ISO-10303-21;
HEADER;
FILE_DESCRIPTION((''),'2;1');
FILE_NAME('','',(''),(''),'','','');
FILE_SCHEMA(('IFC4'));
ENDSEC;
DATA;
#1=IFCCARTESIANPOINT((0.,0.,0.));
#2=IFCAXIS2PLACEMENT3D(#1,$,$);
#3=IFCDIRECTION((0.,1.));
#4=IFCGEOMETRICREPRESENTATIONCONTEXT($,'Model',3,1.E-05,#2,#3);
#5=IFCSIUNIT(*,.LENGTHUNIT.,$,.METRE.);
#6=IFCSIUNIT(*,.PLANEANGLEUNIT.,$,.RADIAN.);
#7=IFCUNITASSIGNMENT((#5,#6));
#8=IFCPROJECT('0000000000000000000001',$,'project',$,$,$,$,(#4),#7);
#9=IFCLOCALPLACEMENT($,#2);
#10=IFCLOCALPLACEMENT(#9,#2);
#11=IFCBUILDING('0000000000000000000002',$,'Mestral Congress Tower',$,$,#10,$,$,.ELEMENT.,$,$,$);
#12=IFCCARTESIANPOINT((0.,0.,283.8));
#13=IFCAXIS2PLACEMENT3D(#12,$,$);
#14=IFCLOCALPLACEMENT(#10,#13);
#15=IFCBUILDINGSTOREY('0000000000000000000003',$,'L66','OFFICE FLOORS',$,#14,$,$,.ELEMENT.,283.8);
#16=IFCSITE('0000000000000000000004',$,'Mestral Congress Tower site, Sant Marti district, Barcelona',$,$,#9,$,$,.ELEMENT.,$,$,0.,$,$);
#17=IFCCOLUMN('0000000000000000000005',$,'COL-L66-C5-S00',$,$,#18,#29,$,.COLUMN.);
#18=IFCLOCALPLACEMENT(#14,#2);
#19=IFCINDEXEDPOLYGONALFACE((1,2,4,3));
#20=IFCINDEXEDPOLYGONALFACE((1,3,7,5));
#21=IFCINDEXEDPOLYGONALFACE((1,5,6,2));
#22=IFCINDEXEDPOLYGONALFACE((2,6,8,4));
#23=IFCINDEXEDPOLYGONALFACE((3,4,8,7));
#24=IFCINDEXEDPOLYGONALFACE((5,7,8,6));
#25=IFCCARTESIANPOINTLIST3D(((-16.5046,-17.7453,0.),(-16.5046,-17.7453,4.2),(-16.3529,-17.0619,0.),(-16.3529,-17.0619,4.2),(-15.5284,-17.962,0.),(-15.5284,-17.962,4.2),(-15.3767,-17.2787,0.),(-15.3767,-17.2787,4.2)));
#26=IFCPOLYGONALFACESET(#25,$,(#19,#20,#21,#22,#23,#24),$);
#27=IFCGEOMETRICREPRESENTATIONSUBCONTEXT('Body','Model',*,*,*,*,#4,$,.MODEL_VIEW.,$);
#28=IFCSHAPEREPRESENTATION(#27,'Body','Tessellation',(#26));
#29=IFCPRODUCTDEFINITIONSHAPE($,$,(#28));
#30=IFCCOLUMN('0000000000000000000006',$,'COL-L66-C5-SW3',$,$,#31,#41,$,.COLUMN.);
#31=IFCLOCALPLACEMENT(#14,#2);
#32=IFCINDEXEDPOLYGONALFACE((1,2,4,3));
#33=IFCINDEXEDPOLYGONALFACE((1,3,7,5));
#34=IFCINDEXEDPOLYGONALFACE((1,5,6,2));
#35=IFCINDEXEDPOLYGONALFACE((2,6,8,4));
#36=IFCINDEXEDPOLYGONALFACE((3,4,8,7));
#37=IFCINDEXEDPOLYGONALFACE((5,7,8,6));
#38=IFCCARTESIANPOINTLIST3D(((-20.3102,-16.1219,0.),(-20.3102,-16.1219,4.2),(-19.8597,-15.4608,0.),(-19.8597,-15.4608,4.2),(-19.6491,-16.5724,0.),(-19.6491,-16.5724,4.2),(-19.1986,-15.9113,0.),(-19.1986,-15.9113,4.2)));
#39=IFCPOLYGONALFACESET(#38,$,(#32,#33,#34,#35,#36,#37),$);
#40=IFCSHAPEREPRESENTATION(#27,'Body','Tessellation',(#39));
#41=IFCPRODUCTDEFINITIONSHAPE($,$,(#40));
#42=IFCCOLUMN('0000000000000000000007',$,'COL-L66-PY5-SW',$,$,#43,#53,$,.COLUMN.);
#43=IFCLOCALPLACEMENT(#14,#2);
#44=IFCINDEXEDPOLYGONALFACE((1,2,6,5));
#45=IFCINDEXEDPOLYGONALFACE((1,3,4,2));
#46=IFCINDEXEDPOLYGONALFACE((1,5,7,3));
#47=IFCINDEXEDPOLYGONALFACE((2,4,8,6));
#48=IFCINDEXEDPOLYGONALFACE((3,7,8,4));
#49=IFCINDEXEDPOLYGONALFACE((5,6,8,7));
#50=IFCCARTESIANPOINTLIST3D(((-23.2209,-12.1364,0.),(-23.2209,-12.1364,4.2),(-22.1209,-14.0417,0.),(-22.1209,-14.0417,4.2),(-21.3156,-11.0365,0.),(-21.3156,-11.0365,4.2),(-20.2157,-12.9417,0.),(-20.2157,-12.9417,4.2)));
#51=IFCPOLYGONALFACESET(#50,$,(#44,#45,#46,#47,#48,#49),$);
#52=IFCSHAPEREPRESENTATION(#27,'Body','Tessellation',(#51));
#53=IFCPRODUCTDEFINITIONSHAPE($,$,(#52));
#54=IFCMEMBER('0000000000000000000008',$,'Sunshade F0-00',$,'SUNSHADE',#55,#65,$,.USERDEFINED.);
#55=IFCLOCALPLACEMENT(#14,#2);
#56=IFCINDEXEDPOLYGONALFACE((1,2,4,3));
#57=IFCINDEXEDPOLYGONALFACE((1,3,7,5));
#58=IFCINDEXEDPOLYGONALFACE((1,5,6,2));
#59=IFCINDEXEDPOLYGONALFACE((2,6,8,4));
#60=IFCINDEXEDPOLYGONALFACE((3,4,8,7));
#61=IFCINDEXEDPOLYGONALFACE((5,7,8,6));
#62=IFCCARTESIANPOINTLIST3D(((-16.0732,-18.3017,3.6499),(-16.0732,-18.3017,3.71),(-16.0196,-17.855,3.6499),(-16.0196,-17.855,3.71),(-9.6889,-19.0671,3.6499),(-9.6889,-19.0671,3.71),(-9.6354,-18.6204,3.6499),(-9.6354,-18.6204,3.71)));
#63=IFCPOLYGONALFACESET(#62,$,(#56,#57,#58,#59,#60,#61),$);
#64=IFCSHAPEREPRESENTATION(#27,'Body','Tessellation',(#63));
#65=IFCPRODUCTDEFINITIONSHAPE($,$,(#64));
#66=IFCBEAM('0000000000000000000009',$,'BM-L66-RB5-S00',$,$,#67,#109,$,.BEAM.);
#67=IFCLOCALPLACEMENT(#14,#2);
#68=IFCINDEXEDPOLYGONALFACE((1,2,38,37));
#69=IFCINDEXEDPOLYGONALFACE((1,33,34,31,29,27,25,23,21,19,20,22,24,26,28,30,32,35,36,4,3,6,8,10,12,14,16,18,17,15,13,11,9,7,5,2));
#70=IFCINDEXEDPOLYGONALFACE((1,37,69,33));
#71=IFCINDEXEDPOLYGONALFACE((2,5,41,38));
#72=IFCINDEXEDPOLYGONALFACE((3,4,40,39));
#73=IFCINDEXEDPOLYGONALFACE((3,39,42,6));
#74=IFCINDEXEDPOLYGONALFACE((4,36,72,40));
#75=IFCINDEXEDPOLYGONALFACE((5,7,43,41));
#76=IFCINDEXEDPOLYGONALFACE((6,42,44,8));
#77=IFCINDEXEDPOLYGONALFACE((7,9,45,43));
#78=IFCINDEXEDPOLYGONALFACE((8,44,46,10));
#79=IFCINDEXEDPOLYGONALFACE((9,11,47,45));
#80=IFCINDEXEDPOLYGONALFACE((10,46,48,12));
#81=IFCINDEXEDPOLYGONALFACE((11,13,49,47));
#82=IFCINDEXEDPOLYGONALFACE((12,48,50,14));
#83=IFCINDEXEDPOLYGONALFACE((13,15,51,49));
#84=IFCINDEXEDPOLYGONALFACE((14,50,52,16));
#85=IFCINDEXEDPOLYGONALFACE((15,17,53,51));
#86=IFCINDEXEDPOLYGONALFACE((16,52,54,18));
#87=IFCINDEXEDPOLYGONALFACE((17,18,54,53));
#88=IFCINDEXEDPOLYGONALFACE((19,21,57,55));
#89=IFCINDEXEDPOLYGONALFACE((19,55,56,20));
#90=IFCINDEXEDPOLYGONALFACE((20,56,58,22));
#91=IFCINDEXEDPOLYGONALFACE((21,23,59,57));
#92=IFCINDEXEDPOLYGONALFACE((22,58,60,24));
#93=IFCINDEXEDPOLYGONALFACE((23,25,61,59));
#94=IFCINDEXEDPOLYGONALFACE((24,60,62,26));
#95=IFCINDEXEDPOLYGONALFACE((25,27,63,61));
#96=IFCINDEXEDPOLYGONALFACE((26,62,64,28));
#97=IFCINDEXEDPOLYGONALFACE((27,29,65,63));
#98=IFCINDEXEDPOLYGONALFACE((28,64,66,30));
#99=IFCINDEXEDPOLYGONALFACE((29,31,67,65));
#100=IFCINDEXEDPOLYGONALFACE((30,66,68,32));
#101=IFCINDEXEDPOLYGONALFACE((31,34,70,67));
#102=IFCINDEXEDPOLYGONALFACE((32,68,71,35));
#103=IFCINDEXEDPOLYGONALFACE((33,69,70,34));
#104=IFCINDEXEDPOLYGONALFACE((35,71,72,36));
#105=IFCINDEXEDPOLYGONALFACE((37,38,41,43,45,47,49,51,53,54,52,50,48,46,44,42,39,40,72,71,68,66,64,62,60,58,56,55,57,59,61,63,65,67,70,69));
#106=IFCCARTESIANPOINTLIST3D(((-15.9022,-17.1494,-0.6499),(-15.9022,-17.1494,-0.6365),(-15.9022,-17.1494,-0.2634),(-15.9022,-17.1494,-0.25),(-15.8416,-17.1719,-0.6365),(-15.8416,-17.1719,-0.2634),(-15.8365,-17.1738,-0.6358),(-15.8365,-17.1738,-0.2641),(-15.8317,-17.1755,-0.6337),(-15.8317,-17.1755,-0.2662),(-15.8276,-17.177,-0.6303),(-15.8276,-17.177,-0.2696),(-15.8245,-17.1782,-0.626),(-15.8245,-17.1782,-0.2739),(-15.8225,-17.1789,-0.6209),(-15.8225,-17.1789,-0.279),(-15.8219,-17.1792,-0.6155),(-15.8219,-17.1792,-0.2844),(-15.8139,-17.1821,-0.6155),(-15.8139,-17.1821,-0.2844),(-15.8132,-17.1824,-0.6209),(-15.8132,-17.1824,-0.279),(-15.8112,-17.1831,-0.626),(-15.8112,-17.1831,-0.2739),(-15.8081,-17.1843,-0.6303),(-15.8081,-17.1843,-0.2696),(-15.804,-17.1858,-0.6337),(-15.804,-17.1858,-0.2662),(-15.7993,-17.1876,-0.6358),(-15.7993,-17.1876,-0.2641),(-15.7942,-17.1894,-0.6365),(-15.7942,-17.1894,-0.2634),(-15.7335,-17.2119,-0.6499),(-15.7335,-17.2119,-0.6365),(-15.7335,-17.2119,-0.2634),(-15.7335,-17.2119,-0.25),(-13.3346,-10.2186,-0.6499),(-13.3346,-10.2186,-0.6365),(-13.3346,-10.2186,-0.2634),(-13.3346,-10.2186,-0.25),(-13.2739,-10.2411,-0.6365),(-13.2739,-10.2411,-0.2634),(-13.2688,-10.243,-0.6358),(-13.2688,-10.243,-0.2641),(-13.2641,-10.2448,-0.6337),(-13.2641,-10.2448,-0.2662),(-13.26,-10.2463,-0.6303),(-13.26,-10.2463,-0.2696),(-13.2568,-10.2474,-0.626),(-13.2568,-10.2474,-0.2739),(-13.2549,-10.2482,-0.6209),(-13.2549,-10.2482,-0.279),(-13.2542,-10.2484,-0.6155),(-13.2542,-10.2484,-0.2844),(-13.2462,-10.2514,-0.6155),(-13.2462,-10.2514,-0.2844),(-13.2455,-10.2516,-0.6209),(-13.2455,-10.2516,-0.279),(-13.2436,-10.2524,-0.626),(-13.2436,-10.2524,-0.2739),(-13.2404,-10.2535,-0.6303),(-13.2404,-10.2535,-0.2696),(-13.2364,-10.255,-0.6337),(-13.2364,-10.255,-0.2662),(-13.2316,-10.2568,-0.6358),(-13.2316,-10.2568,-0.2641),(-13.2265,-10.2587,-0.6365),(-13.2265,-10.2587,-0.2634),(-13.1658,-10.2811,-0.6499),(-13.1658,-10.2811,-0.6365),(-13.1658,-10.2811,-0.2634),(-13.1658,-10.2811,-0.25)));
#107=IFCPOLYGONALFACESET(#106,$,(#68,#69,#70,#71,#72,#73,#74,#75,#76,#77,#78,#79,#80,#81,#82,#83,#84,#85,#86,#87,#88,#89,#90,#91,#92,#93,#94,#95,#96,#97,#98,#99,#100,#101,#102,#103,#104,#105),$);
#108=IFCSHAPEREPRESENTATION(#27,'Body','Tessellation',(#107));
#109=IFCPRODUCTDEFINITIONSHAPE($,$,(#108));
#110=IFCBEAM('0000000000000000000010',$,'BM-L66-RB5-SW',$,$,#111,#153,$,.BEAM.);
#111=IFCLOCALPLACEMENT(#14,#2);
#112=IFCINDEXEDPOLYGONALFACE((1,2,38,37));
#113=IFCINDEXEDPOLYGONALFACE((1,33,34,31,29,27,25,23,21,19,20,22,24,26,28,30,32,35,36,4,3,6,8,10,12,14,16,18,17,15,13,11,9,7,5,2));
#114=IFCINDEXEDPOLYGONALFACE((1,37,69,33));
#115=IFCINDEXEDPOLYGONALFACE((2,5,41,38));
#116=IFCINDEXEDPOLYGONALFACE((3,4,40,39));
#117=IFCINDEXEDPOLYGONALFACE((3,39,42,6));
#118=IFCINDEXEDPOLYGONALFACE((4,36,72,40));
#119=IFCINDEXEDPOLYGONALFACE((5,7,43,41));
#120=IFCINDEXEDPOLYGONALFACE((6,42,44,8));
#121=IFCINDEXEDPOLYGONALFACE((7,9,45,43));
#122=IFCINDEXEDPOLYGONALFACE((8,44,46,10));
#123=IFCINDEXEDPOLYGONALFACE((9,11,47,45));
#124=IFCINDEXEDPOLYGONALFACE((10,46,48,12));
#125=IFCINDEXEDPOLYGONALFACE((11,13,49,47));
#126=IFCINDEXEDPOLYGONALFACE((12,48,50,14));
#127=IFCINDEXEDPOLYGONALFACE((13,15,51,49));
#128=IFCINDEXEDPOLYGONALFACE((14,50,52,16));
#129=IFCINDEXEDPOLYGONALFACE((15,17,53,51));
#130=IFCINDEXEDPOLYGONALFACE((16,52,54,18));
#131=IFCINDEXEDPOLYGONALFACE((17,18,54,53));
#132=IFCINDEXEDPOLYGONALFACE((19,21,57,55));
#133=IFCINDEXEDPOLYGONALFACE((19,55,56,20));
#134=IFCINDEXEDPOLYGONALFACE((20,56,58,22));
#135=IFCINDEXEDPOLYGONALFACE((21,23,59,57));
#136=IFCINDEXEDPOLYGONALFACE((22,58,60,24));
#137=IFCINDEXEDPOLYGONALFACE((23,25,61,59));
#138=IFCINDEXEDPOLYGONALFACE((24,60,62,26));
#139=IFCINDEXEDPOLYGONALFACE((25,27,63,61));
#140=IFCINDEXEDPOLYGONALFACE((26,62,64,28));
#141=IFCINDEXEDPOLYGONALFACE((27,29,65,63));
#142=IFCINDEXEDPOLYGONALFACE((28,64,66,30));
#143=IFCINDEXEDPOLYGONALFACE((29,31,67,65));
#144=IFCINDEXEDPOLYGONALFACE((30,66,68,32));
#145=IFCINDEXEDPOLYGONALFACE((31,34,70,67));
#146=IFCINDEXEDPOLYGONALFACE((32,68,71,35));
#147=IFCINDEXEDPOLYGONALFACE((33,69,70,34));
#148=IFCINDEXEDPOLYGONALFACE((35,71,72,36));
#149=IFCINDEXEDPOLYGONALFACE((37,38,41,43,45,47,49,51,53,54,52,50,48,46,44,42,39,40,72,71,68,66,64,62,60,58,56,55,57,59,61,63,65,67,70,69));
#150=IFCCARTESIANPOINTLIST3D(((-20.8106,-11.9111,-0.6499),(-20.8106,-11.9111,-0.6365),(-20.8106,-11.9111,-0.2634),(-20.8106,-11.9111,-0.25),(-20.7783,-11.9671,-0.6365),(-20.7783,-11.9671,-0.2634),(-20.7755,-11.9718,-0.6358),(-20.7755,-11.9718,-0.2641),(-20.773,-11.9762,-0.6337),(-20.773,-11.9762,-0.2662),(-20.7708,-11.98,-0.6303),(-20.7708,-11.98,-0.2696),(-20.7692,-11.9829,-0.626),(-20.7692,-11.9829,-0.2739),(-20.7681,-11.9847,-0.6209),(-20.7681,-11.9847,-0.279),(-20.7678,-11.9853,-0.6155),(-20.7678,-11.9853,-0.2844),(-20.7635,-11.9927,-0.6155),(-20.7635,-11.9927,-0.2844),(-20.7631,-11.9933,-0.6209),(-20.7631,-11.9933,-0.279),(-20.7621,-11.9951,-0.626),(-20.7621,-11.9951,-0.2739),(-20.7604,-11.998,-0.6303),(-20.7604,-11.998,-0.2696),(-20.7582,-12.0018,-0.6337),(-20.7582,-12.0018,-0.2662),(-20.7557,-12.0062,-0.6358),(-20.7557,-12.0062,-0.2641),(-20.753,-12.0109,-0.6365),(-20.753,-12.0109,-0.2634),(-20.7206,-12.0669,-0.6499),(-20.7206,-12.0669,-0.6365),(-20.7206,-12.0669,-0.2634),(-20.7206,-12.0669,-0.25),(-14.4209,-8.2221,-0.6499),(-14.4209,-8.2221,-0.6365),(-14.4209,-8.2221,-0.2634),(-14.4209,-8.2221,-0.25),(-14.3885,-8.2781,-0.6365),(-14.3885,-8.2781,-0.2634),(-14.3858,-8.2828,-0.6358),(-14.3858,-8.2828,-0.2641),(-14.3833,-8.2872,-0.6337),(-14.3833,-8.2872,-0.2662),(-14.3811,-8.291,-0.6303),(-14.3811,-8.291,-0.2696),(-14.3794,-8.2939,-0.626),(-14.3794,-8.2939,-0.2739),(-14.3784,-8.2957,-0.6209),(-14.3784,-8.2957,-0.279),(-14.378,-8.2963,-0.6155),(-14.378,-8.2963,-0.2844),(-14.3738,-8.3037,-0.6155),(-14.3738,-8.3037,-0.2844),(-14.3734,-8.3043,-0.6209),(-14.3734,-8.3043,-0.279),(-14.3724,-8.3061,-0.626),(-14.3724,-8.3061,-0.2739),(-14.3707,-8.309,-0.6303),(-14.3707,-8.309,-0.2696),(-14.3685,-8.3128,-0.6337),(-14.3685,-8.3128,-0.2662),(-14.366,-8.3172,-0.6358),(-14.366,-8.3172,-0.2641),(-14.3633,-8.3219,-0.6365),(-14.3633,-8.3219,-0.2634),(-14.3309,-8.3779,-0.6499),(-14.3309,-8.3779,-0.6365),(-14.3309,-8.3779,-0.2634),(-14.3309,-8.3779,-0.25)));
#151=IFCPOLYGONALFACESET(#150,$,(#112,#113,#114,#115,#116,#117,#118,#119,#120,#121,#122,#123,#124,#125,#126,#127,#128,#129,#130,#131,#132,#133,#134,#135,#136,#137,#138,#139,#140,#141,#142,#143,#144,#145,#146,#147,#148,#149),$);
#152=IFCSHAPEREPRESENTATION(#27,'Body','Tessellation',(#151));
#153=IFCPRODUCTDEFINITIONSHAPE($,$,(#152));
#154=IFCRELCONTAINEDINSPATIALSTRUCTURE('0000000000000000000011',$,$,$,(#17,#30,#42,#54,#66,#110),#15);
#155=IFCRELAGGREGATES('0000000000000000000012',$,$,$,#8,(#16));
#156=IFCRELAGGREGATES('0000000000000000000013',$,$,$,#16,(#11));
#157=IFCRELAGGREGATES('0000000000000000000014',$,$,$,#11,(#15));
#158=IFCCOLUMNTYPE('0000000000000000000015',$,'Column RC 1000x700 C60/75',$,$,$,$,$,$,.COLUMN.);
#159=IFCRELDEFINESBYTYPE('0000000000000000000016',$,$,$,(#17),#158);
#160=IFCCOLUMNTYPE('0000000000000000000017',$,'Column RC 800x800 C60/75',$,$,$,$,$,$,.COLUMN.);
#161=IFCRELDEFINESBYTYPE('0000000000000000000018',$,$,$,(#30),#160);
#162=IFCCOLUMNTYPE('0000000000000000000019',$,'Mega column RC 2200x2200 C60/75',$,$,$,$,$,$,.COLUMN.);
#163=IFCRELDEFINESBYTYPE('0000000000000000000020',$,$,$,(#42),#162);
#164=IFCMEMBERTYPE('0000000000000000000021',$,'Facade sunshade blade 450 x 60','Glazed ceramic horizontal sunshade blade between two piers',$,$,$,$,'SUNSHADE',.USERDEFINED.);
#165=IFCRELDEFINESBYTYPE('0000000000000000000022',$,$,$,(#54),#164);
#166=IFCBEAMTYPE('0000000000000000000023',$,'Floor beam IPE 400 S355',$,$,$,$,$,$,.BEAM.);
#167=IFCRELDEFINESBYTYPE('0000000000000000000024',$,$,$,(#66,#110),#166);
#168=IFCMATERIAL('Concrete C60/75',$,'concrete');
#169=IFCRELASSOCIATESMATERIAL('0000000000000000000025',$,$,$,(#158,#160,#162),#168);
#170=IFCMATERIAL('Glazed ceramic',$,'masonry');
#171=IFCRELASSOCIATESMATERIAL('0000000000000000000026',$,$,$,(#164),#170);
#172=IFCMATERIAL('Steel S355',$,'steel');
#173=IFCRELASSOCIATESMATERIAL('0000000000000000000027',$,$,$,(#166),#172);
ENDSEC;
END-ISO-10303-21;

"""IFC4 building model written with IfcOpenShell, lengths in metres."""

from ifc_helpers import new_model, si_unit, direction, frame, origin, origin_2d, place, context, subcontext, project, spatial, rectangle, i_section, extrude, material, material_profile, profile_set, type_object, element, save


model = new_model("IFC4")

# Units and contexts
model_context = context("Model", 3, precision=1e-05, world=origin(), true_north=direction((0.0, 1.0)))
body_context = subcontext(model_context, "Body", "Model", "MODEL_VIEW")
ifc_project = project(units=[si_unit("LENGTHUNIT", "METRE"), si_unit("PLANEANGLEUNIT", "RADIAN")], contexts=[model_context])

# Site, building, storey
site_placement = place(None, origin())
site = spatial("IfcSite", under=ifc_project, at=site_placement, Name="Mestral Congress Tower site, Sant Marti district, Barcelona", CompositionType="ELEMENT", RefElevation=0.0)
building_placement = place(site_placement, origin())
building = spatial("IfcBuilding", under=site, at=building_placement, Name="Mestral Congress Tower", CompositionType="ELEMENT")
storey_placement = place(building_placement, frame((0.0, 0.0, 283.8)))
storey = spatial("IfcBuildingStorey", under=building, at=storey_placement, Name="L66", Description="OFFICE FLOORS", CompositionType="ELEMENT", Elevation=283.8)

# Columns
ifc_material_1 = material(Name="Concrete C60/75", Category="concrete")
ifc_material_profile_1 = material_profile(ifc_material_1, rectangle(XDim=1.0, YDim=0.7, at=origin_2d()), Name="RC 1000x700")
ifc_profile_set_1 = profile_set([ifc_material_profile_1], Name="Concrete C60/75")
column_type_1 = type_object("IfcColumnType", Name="Column RC 1000x700 C60/75", PredefinedType="COLUMN", material=ifc_profile_set_1)
column_1_placement = place(storey_placement, frame((-15.9407, -17.512, 0.0), z_axis=(0.0, 0.0, 1.0), x_axis=(0.976234, -0.216721, 0.0)))
element("IfcColumn", 1, at=column_1_placement, inside=storey, type_object=column_type_1, Name="COL-L66-C5-S00", PredefinedType="COLUMN", context=body_context, shape_type="SweptSolid", body=[
    extrude(rectangle(XDim=1.0, YDim=0.7, at=origin_2d()), origin(), (0.0, 0.0, 1.0), 4.2),
])
ifc_material_profile_2 = material_profile(ifc_material_1, rectangle(XDim=0.8, YDim=0.8, at=origin_2d()), Name="RC 800x800")
ifc_profile_set_2 = profile_set([ifc_material_profile_2], Name="Concrete C60/75")
column_type_2 = type_object("IfcColumnType", Name="Column RC 800x800 C60/75", PredefinedType="COLUMN", material=ifc_profile_set_2)
column_2_placement = place(storey_placement, frame((-19.7544, -16.0166, 0.0), z_axis=(0.0, 0.0, 1.0), x_axis=(0.826363, -0.563138, 0.0)))
element("IfcColumn", 2, at=column_2_placement, inside=storey, type_object=column_type_2, Name="COL-L66-C5-SW3", PredefinedType="COLUMN", context=body_context, shape_type="SweptSolid", body=[
    extrude(rectangle(XDim=0.8, YDim=0.8, at=origin_2d()), origin(), (0.0, 0.0, 1.0), 4.2),
])
ifc_material_profile_3 = material_profile(ifc_material_1, rectangle(XDim=2.2, YDim=2.2, at=origin_2d()), Name="RC 2200x2200")
ifc_profile_set_3 = profile_set([ifc_material_profile_3], Name="Concrete C60/75")
column_type_3 = type_object("IfcColumnType", Name="Mega column RC 2200x2200 C60/75", PredefinedType="COLUMN", material=ifc_profile_set_3)
column_3_placement = place(storey_placement, frame((-21.7183, -12.5391, 0.0), z_axis=(0.0, 0.0, 1.0), x_axis=(-0.866025, -0.5, 0.0)))
element("IfcColumn", 3, at=column_3_placement, inside=storey, type_object=column_type_3, Name="COL-L66-PY5-SW", PredefinedType="COLUMN", context=body_context, shape_type="SweptSolid", body=[
    extrude(rectangle(XDim=2.2, YDim=2.2, at=origin_2d()), origin(), (0.0, 0.0, 1.0), 4.2),
])

# Member
ifc_material_2 = material(Name="Glazed ceramic", Category="masonry")
ifc_material_profile_4 = material_profile(ifc_material_2, rectangle(XDim=0.45, YDim=0.0601, at=origin_2d()), Name="Ceramic blade 450 x 60")
ifc_profile_set_4 = profile_set([ifc_material_profile_4], Name="Glazed ceramic")
member_type = type_object("IfcMemberType", Name="Facade sunshade blade 450 x 60", Description="Glazed ceramic horizontal sunshade blade between two piers", ElementType="SUNSHADE", PredefinedType="USERDEFINED", material=ifc_profile_set_4)
member_placement = place(storey_placement, frame((-16.0464, -18.0784, 3.6799), z_axis=(0.99289, -0.119033, 0.0), x_axis=(0.119033, 0.99289, 0.0)))
element("IfcMember", 4, at=member_placement, inside=storey, type_object=member_type, Name="Sunshade F0-00", ObjectType="SUNSHADE", PredefinedType="USERDEFINED", context=body_context, shape_type="SweptSolid", body=[
    extrude(rectangle(XDim=0.45, YDim=0.0601, at=origin_2d()), origin(), (0.0, 0.0, 1.0), 6.4299),
])

# Beams
ifc_material_3 = material(Name="Steel S355", Category="steel")
ifc_material_profile_5 = material_profile(ifc_material_3, i_section(OverallWidth=0.1799, OverallDepth=0.3999, WebThickness=0.0085, FlangeThickness=0.0134, FilletRadius=0.021, at=origin_2d()), Name="IPE 400")
ifc_profile_set_5 = profile_set([ifc_material_profile_5], Name="Steel S355")
beam_type_1 = type_object("IfcBeamType", Name="Floor beam IPE 400 S355", PredefinedType="BEAM", material=ifc_profile_set_5)
beam_1_placement = place(storey_placement, frame((-15.8179, -17.1807, -0.45), z_axis=(0.347399, 0.937717, 0.0), x_axis=(-0.937717, 0.347399, 0.0)))
element("IfcBeam", 5, at=beam_1_placement, inside=storey, type_object=beam_type_1, Name="BM-L66-RB5-S00", PredefinedType="BEAM", context=body_context, shape_type="SweptSolid", body=[
    extrude(i_section(OverallWidth=0.1799, OverallDepth=0.3999, WebThickness=0.0085, FlangeThickness=0.0134, FilletRadius=0.021, at=origin_2d()), origin(), (0.0, 0.0, 1.0), 7.3911),
])
beam_2_placement = place(storey_placement, frame((-20.7656, -11.989, -0.45), z_axis=(0.866031, 0.49999, 0.0), x_axis=(-0.49999, 0.866031, 0.0)))
element("IfcBeam", 6, at=beam_2_placement, inside=storey, type_object=beam_type_1, Name="BM-L66-RB5-SW", PredefinedType="BEAM", context=body_context, shape_type="SweptSolid", body=[
    extrude(i_section(OverallWidth=0.1799, OverallDepth=0.3999, WebThickness=0.0085, FlangeThickness=0.0134, FilletRadius=0.021, at=origin_2d()), origin(), (0.0, 0.0, 1.0), 7.3782),
])

save(model, "model.ifc")
